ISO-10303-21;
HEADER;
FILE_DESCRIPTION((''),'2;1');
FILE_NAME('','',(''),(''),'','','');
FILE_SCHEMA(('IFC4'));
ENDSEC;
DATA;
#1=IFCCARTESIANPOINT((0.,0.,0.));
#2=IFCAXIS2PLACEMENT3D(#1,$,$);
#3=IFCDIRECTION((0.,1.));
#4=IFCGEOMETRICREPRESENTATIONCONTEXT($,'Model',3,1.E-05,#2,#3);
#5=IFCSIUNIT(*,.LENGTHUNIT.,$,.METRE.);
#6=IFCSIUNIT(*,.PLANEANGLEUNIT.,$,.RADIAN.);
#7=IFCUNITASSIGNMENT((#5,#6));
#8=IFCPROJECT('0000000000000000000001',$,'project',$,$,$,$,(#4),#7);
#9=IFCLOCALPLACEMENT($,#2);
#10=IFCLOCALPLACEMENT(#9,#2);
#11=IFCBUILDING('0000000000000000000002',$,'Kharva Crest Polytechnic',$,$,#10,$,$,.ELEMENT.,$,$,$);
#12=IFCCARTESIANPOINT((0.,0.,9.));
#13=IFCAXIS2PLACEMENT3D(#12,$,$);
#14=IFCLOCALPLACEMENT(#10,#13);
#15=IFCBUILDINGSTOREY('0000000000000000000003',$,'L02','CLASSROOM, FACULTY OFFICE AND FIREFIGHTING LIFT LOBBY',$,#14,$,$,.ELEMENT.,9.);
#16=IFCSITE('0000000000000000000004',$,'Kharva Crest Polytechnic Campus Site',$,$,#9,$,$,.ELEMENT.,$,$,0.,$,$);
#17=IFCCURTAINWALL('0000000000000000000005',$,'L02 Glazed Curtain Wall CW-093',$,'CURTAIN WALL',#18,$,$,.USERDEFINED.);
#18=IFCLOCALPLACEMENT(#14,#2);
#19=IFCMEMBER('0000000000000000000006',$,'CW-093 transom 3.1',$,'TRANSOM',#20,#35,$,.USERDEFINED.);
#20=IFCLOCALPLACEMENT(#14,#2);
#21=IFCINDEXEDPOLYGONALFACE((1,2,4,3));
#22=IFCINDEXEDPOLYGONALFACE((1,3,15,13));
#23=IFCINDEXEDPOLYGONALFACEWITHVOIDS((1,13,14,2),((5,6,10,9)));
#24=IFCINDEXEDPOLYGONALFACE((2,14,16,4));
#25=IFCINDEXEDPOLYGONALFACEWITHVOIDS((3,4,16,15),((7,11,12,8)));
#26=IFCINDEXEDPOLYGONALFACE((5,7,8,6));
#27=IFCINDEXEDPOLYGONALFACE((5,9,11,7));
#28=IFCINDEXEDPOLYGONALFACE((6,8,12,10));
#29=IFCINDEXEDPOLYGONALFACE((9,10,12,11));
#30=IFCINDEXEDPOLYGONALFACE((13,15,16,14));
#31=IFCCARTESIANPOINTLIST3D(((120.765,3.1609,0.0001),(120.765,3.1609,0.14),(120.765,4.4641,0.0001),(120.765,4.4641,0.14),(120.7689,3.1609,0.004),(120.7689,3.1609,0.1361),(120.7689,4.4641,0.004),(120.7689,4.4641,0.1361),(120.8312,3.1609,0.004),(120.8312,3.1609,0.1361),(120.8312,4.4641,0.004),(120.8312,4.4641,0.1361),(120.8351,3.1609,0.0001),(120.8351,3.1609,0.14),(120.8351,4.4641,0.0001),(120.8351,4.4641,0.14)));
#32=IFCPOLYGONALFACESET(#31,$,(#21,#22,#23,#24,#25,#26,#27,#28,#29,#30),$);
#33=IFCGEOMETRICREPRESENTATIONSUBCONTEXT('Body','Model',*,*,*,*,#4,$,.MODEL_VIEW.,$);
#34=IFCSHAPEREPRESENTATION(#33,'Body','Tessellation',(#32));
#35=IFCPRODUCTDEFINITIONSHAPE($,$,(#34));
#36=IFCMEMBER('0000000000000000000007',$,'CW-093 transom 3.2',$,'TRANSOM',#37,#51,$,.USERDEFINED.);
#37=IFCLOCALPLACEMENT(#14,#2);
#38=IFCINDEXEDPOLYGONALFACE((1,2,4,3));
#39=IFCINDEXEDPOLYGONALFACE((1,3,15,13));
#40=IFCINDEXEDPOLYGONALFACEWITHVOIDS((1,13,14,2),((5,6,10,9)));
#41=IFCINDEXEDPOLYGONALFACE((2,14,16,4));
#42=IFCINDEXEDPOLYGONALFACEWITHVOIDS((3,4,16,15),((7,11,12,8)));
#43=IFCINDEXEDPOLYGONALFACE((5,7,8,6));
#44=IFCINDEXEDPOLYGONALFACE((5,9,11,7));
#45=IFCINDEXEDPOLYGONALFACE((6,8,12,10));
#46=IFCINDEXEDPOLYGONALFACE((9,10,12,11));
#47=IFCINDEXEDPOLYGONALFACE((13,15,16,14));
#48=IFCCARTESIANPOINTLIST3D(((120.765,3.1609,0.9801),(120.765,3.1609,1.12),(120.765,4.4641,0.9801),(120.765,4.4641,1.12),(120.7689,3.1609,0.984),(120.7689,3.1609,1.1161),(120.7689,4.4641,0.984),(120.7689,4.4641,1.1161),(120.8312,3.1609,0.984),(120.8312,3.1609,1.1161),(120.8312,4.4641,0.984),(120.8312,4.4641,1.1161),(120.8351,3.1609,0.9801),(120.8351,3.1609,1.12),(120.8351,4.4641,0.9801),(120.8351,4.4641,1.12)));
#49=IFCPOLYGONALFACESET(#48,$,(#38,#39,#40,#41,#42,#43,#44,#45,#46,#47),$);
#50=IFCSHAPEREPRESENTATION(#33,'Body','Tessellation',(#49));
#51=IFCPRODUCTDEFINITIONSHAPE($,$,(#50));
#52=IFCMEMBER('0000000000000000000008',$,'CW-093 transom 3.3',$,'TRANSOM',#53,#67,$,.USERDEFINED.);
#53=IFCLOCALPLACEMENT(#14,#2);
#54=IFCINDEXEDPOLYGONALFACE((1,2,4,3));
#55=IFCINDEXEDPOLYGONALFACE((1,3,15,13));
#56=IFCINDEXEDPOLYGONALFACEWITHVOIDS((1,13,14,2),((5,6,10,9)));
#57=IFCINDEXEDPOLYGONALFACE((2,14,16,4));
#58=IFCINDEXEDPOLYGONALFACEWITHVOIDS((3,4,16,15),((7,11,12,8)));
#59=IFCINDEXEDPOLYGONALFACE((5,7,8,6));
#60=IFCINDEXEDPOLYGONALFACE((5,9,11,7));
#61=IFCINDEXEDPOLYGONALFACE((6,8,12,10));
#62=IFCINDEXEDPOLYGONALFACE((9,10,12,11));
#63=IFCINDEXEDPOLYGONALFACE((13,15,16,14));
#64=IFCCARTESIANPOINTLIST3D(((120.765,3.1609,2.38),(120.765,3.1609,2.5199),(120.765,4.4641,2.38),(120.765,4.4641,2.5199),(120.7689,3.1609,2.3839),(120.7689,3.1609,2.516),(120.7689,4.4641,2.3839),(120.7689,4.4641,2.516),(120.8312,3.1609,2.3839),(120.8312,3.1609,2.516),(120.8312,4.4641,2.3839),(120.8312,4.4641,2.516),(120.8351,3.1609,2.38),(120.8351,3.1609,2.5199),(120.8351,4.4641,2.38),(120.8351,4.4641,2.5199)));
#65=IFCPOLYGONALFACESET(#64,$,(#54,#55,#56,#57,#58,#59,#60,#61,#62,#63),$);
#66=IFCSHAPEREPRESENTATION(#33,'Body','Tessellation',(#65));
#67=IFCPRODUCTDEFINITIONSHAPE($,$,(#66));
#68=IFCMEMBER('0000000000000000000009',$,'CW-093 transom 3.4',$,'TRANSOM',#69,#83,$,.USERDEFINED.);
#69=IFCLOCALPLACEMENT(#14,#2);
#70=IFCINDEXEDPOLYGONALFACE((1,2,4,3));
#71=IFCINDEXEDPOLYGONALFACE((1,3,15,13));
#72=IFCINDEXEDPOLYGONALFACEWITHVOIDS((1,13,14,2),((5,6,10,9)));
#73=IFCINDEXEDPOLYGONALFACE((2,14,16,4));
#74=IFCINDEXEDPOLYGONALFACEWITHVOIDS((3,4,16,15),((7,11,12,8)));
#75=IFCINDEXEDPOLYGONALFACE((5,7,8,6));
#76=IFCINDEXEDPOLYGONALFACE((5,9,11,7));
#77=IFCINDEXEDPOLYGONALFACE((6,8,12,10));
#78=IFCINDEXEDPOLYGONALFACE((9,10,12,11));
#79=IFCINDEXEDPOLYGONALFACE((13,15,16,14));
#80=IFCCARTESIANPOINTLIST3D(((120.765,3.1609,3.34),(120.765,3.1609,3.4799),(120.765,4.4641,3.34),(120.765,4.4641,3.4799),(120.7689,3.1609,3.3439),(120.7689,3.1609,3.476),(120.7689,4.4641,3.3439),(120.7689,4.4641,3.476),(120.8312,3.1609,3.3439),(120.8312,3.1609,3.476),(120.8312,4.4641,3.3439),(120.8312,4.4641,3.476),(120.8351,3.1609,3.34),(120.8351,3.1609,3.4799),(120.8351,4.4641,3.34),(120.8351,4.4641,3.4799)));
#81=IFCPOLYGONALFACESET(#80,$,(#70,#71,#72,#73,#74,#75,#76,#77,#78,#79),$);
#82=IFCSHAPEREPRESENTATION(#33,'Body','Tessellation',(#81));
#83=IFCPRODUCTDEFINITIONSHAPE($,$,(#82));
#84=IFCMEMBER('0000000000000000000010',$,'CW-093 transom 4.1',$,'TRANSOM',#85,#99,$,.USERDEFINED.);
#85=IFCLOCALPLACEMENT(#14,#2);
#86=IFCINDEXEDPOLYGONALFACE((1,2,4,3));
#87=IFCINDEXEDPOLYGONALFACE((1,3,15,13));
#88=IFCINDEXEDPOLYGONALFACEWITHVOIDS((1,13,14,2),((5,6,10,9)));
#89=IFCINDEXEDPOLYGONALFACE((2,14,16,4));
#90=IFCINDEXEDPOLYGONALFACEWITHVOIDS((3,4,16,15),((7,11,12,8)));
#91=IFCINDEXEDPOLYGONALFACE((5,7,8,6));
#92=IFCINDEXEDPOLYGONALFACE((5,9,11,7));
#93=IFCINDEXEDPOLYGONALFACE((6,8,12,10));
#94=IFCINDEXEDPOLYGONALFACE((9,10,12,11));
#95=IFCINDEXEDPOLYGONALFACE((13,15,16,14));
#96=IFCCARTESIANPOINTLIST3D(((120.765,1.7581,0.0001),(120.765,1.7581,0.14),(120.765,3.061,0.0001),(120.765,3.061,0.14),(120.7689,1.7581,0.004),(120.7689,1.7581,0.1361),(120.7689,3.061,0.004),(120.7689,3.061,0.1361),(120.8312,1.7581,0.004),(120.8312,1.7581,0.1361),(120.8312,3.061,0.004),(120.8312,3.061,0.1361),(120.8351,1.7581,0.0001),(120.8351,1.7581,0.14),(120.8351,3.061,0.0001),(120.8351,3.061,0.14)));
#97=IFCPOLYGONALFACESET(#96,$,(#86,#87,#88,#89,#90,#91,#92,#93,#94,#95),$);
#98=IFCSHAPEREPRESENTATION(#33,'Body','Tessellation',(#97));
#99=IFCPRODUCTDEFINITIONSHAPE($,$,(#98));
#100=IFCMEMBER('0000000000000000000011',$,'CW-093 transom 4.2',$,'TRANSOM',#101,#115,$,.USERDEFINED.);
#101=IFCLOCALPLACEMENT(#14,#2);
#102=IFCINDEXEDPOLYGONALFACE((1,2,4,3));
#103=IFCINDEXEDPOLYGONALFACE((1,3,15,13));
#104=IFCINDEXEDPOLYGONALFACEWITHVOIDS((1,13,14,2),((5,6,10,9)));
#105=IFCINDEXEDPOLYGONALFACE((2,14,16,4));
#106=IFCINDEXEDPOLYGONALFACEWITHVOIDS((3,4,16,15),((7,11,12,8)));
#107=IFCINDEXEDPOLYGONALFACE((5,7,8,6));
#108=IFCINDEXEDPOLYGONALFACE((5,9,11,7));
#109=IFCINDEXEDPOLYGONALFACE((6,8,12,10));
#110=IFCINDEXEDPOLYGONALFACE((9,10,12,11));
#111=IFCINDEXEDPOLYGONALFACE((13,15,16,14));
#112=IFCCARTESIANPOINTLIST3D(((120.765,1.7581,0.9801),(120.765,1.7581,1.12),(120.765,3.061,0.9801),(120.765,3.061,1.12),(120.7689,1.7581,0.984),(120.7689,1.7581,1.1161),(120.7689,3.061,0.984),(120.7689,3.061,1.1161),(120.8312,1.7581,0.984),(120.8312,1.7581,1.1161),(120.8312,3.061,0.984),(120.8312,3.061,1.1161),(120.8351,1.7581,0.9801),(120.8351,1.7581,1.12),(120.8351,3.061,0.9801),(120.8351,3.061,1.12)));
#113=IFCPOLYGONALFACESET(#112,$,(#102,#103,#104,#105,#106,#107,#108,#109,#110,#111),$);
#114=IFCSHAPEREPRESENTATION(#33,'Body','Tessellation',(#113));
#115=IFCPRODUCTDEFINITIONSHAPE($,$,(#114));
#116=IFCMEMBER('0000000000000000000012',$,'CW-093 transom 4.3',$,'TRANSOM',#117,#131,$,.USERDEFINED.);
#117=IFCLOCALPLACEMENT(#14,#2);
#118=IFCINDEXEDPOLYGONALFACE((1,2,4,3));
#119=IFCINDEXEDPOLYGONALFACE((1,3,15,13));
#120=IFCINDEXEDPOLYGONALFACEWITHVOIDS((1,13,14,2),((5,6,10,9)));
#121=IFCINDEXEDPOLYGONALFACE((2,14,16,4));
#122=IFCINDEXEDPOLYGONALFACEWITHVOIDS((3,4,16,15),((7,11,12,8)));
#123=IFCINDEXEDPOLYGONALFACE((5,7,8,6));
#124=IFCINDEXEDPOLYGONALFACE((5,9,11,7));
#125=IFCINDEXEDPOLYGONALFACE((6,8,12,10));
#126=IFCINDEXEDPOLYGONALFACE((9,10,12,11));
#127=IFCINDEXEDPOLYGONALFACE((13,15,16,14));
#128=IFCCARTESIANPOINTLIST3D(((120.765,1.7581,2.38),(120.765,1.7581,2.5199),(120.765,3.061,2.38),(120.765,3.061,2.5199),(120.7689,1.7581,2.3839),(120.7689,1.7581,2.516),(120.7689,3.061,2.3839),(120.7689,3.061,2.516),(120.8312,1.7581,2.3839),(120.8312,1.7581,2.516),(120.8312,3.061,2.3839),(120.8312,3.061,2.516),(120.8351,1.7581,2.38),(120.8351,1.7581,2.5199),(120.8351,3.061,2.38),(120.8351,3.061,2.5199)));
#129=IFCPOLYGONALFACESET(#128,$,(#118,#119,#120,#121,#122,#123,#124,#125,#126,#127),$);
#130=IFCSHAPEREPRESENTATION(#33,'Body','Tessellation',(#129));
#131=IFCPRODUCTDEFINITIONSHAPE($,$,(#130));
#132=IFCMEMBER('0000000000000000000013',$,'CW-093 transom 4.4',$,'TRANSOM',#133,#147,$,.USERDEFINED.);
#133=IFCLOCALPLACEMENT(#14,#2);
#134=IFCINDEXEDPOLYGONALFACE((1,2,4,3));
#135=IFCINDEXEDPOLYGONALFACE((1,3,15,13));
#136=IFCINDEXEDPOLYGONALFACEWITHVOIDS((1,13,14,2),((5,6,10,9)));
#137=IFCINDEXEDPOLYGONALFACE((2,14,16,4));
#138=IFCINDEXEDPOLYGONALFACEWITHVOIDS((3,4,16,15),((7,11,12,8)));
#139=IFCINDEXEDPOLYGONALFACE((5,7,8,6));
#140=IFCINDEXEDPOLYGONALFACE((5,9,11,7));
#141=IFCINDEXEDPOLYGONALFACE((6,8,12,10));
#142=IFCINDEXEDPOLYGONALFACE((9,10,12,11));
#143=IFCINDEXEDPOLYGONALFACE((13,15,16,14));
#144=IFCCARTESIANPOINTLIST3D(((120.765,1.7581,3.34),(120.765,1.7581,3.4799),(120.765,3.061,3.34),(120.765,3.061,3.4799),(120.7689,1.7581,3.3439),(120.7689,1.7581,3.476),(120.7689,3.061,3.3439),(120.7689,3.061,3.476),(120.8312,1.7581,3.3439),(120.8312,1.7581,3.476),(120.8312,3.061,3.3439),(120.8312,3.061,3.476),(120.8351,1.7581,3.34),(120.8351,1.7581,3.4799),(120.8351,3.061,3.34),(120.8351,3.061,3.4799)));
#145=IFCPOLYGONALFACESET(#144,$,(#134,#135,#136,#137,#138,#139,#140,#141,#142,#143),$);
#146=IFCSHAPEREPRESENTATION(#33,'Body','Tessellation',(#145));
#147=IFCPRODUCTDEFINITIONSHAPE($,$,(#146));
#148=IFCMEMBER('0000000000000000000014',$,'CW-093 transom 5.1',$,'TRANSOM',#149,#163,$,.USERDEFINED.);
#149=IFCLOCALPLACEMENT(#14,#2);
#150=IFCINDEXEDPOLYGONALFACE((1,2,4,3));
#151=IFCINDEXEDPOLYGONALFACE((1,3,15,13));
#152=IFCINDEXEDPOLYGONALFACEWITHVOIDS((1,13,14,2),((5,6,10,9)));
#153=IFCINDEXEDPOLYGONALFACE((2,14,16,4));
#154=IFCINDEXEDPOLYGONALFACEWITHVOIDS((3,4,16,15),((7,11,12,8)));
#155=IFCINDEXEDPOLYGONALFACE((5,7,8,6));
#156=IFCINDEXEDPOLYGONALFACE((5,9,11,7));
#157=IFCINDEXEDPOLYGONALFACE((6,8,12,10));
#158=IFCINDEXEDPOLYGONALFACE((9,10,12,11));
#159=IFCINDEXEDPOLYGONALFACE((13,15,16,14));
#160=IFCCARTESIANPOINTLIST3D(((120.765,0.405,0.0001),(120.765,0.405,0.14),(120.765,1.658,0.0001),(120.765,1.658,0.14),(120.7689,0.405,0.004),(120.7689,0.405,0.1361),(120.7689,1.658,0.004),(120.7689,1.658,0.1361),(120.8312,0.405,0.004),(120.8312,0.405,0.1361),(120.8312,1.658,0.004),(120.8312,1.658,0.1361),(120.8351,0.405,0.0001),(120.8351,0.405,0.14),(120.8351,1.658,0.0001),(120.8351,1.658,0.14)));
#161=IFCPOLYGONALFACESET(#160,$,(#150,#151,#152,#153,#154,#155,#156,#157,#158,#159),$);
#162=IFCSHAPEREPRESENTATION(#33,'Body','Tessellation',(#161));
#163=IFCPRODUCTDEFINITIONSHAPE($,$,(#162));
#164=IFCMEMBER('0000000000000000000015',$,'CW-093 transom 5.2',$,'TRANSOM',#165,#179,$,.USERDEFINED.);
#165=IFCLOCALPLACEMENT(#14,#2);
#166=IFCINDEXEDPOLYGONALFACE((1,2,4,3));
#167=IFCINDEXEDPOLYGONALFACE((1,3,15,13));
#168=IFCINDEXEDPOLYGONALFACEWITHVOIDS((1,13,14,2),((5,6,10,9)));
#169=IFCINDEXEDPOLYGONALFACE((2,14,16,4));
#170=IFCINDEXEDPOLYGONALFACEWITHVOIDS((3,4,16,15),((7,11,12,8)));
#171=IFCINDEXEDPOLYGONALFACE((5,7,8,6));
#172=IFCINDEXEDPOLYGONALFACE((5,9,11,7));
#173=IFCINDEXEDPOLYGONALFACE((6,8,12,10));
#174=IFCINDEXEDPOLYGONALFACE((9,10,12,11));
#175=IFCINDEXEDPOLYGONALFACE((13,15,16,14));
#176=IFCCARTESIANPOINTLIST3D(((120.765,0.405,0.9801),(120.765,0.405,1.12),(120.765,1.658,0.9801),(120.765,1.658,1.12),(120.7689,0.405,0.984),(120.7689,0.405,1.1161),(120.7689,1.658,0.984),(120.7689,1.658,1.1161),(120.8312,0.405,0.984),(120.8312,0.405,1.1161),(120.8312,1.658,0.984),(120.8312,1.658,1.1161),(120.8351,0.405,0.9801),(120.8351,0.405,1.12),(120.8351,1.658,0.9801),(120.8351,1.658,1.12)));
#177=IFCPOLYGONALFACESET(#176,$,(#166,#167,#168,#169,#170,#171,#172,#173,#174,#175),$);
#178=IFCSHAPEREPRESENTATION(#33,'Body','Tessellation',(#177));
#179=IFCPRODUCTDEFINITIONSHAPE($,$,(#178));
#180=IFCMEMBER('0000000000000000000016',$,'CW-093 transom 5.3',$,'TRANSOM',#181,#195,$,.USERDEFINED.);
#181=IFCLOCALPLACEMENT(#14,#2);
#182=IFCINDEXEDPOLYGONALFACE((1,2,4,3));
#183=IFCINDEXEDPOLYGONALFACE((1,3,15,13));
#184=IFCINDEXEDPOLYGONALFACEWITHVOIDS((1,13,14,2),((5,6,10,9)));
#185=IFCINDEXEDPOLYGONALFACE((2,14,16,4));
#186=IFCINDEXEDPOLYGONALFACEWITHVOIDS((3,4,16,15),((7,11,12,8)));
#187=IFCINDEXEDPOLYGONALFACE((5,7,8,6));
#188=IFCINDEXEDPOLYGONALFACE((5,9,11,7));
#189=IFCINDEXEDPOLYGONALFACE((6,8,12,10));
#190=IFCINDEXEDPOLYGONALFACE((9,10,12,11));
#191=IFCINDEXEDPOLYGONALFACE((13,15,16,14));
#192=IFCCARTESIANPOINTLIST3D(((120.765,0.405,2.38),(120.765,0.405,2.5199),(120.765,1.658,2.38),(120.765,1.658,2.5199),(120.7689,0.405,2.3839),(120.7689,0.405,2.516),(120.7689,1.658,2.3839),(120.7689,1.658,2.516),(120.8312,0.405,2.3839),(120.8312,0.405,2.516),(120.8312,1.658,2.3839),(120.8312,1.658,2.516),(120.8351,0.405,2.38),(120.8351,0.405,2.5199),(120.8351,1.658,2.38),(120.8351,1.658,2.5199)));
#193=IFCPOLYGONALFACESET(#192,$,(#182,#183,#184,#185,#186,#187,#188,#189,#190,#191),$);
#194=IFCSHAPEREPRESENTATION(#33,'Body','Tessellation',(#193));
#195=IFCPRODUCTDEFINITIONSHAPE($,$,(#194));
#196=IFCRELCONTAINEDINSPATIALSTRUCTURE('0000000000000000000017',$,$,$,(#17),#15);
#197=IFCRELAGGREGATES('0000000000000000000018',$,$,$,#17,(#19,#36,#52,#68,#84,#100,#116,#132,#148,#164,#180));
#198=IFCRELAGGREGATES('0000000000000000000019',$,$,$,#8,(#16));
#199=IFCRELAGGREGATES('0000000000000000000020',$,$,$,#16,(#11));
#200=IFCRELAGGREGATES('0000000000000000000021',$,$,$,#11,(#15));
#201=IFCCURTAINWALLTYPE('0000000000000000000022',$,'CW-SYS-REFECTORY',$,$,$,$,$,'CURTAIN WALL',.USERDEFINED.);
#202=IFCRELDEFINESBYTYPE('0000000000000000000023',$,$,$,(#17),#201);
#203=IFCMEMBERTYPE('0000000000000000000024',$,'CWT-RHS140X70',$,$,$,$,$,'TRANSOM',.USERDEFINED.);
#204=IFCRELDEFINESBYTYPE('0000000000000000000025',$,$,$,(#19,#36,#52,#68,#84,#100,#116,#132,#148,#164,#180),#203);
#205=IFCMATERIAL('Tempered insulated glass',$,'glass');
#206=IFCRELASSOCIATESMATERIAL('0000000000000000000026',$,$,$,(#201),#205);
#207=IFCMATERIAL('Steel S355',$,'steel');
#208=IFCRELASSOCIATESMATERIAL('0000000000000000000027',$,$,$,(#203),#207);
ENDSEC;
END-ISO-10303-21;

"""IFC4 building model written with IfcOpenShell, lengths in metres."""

from ifc_helpers import new_model, si_unit, direction, frame, origin, origin_2d, place, context, subcontext, project, spatial, hollow_rectangle, extrude, material, material_profile, profile_set, type_object, element, aggregate, save


model = new_model("IFC4")

# Units and contexts
model_context = context("Model", 3, precision=1e-05, world=origin(), true_north=direction((0.0, 1.0)))
body_context = subcontext(model_context, "Body", "Model", "MODEL_VIEW")
ifc_project = project(units=[si_unit("LENGTHUNIT", "METRE"), si_unit("PLANEANGLEUNIT", "RADIAN")], contexts=[model_context])

# Site, building, storey
site_placement = place(None, origin())
site = spatial("IfcSite", under=ifc_project, at=site_placement, Name="Kharva Crest Polytechnic Campus Site", CompositionType="ELEMENT", RefElevation=0.0)
building_placement = place(site_placement, origin())
building = spatial("IfcBuilding", under=site, at=building_placement, Name="Kharva Crest Polytechnic", CompositionType="ELEMENT")
storey_placement = place(building_placement, frame((0.0, 0.0, 9.0)))
storey = spatial("IfcBuildingStorey", under=building, at=storey_placement, Name="L02", Description="CLASSROOM, FACULTY OFFICE AND FIREFIGHTING LIFT LOBBY", CompositionType="ELEMENT", Elevation=9.0)

# Shared definitions
ifc_material_1 = material(Name="Tempered insulated glass", Category="glass")
ifc_material_2 = material(Name="Steel S355", Category="steel")

# Curtain wall
curtain_wall_type_1 = type_object("IfcCurtainWallType", Name="CW-SYS-REFECTORY", ElementType="CURTAIN WALL", PredefinedType="USERDEFINED", material=ifc_material_1)
curtain_wall_1_placement = place(storey_placement, origin())
curtain_wall_1 = element("IfcCurtainWall", 1, at=curtain_wall_1_placement, inside=storey, type_object=curtain_wall_type_1, Name="L02 Glazed Curtain Wall CW-093", ObjectType="CURTAIN WALL", PredefinedType="USERDEFINED")

# Members
ifc_material_profile_1 = material_profile(ifc_material_2, hollow_rectangle(XDim=0.0701, YDim=0.1399, WallThickness=0.0039, at=origin_2d()), Name="RHS 140X70X4.0")
ifc_profile_set_1 = profile_set([ifc_material_profile_1], Name="Steel S355")
member_type_1 = type_object("IfcMemberType", Name="CWT-RHS140X70", ElementType="TRANSOM", PredefinedType="USERDEFINED", material=ifc_profile_set_1)
member_1_placement = place(storey_placement, frame((120.8, 4.4641, 0.0701), z_axis=(0.0, -1.0, 0.0), x_axis=(1.0, 0.0, 0.0)))
member_1 = element("IfcMember", 2, at=member_1_placement, type_object=member_type_1, Name="CW-093 transom 3.1", ObjectType="TRANSOM", PredefinedType="USERDEFINED", context=body_context, shape_type="SweptSolid", body=[
    extrude(hollow_rectangle(XDim=0.0701, YDim=0.1399, WallThickness=0.0039, at=origin_2d()), origin(), (0.0, 0.0, 1.0), 1.3032),
])
member_2_placement = place(storey_placement, frame((120.8, 4.4641, 1.05), z_axis=(0.0, -1.0, 0.0), x_axis=(1.0, 0.0, 0.0)))
member_2 = element("IfcMember", 3, at=member_2_placement, type_object=member_type_1, Name="CW-093 transom 3.2", ObjectType="TRANSOM", PredefinedType="USERDEFINED", context=body_context, shape_type="SweptSolid", body=[
    extrude(hollow_rectangle(XDim=0.0701, YDim=0.1399, WallThickness=0.0039, at=origin_2d()), origin(), (0.0, 0.0, 1.0), 1.3032),
])
member_3_placement = place(storey_placement, frame((120.8, 4.4641, 2.45), z_axis=(0.0, -1.0, 0.0), x_axis=(1.0, 0.0, 0.0)))
member_3 = element("IfcMember", 4, at=member_3_placement, type_object=member_type_1, Name="CW-093 transom 3.3", ObjectType="TRANSOM", PredefinedType="USERDEFINED", context=body_context, shape_type="SweptSolid", body=[
    extrude(hollow_rectangle(XDim=0.0701, YDim=0.1399, WallThickness=0.0039, at=origin_2d()), origin(), (0.0, 0.0, 1.0), 1.3032),
])
member_4_placement = place(storey_placement, frame((120.8, 4.4641, 3.4099), z_axis=(0.0, -1.0, 0.0), x_axis=(1.0, 0.0, 0.0)))
member_4 = element("IfcMember", 5, at=member_4_placement, type_object=member_type_1, Name="CW-093 transom 3.4", ObjectType="TRANSOM", PredefinedType="USERDEFINED", context=body_context, shape_type="SweptSolid", body=[
    extrude(hollow_rectangle(XDim=0.0701, YDim=0.1399, WallThickness=0.0039, at=origin_2d()), origin(), (0.0, 0.0, 1.0), 1.3032),
])
member_5_placement = place(storey_placement, frame((120.8, 3.061, 0.0701), z_axis=(0.0, -1.0, 0.0), x_axis=(1.0, 0.0, 0.0)))
member_5 = element("IfcMember", 6, at=member_5_placement, type_object=member_type_1, Name="CW-093 transom 4.1", ObjectType="TRANSOM", PredefinedType="USERDEFINED", context=body_context, shape_type="SweptSolid", body=[
    extrude(hollow_rectangle(XDim=0.0701, YDim=0.1399, WallThickness=0.0039, at=origin_2d()), origin(), (0.0, 0.0, 1.0), 1.303),
])
member_6_placement = place(storey_placement, frame((120.8, 3.061, 1.05), z_axis=(0.0, -1.0, 0.0), x_axis=(1.0, 0.0, 0.0)))
member_6 = element("IfcMember", 7, at=member_6_placement, type_object=member_type_1, Name="CW-093 transom 4.2", ObjectType="TRANSOM", PredefinedType="USERDEFINED", context=body_context, shape_type="SweptSolid", body=[
    extrude(hollow_rectangle(XDim=0.0701, YDim=0.1399, WallThickness=0.0039, at=origin_2d()), origin(), (0.0, 0.0, 1.0), 1.303),
])
member_7_placement = place(storey_placement, frame((120.8, 3.061, 2.45), z_axis=(0.0, -1.0, 0.0), x_axis=(1.0, 0.0, 0.0)))
member_7 = element("IfcMember", 8, at=member_7_placement, type_object=member_type_1, Name="CW-093 transom 4.3", ObjectType="TRANSOM", PredefinedType="USERDEFINED", context=body_context, shape_type="SweptSolid", body=[
    extrude(hollow_rectangle(XDim=0.0701, YDim=0.1399, WallThickness=0.0039, at=origin_2d()), origin(), (0.0, 0.0, 1.0), 1.303),
])
member_8_placement = place(storey_placement, frame((120.8, 3.061, 3.4099), z_axis=(0.0, -1.0, 0.0), x_axis=(1.0, 0.0, 0.0)))
member_8 = element("IfcMember", 9, at=member_8_placement, type_object=member_type_1, Name="CW-093 transom 4.4", ObjectType="TRANSOM", PredefinedType="USERDEFINED", context=body_context, shape_type="SweptSolid", body=[
    extrude(hollow_rectangle(XDim=0.0701, YDim=0.1399, WallThickness=0.0039, at=origin_2d()), origin(), (0.0, 0.0, 1.0), 1.303),
])
member_9_placement = place(storey_placement, frame((120.8, 1.658, 0.0701), z_axis=(0.0, -1.0, 0.0), x_axis=(1.0, 0.0, 0.0)))
member_9 = element("IfcMember", 10, at=member_9_placement, type_object=member_type_1, Name="CW-093 transom 5.1", ObjectType="TRANSOM", PredefinedType="USERDEFINED", context=body_context, shape_type="SweptSolid", body=[
    extrude(hollow_rectangle(XDim=0.0701, YDim=0.1399, WallThickness=0.0039, at=origin_2d()), origin(), (0.0, 0.0, 1.0), 1.2529),
])
member_10_placement = place(storey_placement, frame((120.8, 1.658, 1.05), z_axis=(0.0, -1.0, 0.0), x_axis=(1.0, 0.0, 0.0)))
member_10 = element("IfcMember", 11, at=member_10_placement, type_object=member_type_1, Name="CW-093 transom 5.2", ObjectType="TRANSOM", PredefinedType="USERDEFINED", context=body_context, shape_type="SweptSolid", body=[
    extrude(hollow_rectangle(XDim=0.0701, YDim=0.1399, WallThickness=0.0039, at=origin_2d()), origin(), (0.0, 0.0, 1.0), 1.2529),
])
member_11_placement = place(storey_placement, frame((120.8, 1.658, 2.45), z_axis=(0.0, -1.0, 0.0), x_axis=(1.0, 0.0, 0.0)))
member_11 = element("IfcMember", 12, at=member_11_placement, type_object=member_type_1, Name="CW-093 transom 5.3", ObjectType="TRANSOM", PredefinedType="USERDEFINED", context=body_context, shape_type="SweptSolid", body=[
    extrude(hollow_rectangle(XDim=0.0701, YDim=0.1399, WallThickness=0.0039, at=origin_2d()), origin(), (0.0, 0.0, 1.0), 1.2529),
])

aggregate(curtain_wall_1, [member_1, member_2, member_3, member_4, member_5, member_6, member_7, member_8, member_9, member_10, member_11])

save(model, "model.ifc")
